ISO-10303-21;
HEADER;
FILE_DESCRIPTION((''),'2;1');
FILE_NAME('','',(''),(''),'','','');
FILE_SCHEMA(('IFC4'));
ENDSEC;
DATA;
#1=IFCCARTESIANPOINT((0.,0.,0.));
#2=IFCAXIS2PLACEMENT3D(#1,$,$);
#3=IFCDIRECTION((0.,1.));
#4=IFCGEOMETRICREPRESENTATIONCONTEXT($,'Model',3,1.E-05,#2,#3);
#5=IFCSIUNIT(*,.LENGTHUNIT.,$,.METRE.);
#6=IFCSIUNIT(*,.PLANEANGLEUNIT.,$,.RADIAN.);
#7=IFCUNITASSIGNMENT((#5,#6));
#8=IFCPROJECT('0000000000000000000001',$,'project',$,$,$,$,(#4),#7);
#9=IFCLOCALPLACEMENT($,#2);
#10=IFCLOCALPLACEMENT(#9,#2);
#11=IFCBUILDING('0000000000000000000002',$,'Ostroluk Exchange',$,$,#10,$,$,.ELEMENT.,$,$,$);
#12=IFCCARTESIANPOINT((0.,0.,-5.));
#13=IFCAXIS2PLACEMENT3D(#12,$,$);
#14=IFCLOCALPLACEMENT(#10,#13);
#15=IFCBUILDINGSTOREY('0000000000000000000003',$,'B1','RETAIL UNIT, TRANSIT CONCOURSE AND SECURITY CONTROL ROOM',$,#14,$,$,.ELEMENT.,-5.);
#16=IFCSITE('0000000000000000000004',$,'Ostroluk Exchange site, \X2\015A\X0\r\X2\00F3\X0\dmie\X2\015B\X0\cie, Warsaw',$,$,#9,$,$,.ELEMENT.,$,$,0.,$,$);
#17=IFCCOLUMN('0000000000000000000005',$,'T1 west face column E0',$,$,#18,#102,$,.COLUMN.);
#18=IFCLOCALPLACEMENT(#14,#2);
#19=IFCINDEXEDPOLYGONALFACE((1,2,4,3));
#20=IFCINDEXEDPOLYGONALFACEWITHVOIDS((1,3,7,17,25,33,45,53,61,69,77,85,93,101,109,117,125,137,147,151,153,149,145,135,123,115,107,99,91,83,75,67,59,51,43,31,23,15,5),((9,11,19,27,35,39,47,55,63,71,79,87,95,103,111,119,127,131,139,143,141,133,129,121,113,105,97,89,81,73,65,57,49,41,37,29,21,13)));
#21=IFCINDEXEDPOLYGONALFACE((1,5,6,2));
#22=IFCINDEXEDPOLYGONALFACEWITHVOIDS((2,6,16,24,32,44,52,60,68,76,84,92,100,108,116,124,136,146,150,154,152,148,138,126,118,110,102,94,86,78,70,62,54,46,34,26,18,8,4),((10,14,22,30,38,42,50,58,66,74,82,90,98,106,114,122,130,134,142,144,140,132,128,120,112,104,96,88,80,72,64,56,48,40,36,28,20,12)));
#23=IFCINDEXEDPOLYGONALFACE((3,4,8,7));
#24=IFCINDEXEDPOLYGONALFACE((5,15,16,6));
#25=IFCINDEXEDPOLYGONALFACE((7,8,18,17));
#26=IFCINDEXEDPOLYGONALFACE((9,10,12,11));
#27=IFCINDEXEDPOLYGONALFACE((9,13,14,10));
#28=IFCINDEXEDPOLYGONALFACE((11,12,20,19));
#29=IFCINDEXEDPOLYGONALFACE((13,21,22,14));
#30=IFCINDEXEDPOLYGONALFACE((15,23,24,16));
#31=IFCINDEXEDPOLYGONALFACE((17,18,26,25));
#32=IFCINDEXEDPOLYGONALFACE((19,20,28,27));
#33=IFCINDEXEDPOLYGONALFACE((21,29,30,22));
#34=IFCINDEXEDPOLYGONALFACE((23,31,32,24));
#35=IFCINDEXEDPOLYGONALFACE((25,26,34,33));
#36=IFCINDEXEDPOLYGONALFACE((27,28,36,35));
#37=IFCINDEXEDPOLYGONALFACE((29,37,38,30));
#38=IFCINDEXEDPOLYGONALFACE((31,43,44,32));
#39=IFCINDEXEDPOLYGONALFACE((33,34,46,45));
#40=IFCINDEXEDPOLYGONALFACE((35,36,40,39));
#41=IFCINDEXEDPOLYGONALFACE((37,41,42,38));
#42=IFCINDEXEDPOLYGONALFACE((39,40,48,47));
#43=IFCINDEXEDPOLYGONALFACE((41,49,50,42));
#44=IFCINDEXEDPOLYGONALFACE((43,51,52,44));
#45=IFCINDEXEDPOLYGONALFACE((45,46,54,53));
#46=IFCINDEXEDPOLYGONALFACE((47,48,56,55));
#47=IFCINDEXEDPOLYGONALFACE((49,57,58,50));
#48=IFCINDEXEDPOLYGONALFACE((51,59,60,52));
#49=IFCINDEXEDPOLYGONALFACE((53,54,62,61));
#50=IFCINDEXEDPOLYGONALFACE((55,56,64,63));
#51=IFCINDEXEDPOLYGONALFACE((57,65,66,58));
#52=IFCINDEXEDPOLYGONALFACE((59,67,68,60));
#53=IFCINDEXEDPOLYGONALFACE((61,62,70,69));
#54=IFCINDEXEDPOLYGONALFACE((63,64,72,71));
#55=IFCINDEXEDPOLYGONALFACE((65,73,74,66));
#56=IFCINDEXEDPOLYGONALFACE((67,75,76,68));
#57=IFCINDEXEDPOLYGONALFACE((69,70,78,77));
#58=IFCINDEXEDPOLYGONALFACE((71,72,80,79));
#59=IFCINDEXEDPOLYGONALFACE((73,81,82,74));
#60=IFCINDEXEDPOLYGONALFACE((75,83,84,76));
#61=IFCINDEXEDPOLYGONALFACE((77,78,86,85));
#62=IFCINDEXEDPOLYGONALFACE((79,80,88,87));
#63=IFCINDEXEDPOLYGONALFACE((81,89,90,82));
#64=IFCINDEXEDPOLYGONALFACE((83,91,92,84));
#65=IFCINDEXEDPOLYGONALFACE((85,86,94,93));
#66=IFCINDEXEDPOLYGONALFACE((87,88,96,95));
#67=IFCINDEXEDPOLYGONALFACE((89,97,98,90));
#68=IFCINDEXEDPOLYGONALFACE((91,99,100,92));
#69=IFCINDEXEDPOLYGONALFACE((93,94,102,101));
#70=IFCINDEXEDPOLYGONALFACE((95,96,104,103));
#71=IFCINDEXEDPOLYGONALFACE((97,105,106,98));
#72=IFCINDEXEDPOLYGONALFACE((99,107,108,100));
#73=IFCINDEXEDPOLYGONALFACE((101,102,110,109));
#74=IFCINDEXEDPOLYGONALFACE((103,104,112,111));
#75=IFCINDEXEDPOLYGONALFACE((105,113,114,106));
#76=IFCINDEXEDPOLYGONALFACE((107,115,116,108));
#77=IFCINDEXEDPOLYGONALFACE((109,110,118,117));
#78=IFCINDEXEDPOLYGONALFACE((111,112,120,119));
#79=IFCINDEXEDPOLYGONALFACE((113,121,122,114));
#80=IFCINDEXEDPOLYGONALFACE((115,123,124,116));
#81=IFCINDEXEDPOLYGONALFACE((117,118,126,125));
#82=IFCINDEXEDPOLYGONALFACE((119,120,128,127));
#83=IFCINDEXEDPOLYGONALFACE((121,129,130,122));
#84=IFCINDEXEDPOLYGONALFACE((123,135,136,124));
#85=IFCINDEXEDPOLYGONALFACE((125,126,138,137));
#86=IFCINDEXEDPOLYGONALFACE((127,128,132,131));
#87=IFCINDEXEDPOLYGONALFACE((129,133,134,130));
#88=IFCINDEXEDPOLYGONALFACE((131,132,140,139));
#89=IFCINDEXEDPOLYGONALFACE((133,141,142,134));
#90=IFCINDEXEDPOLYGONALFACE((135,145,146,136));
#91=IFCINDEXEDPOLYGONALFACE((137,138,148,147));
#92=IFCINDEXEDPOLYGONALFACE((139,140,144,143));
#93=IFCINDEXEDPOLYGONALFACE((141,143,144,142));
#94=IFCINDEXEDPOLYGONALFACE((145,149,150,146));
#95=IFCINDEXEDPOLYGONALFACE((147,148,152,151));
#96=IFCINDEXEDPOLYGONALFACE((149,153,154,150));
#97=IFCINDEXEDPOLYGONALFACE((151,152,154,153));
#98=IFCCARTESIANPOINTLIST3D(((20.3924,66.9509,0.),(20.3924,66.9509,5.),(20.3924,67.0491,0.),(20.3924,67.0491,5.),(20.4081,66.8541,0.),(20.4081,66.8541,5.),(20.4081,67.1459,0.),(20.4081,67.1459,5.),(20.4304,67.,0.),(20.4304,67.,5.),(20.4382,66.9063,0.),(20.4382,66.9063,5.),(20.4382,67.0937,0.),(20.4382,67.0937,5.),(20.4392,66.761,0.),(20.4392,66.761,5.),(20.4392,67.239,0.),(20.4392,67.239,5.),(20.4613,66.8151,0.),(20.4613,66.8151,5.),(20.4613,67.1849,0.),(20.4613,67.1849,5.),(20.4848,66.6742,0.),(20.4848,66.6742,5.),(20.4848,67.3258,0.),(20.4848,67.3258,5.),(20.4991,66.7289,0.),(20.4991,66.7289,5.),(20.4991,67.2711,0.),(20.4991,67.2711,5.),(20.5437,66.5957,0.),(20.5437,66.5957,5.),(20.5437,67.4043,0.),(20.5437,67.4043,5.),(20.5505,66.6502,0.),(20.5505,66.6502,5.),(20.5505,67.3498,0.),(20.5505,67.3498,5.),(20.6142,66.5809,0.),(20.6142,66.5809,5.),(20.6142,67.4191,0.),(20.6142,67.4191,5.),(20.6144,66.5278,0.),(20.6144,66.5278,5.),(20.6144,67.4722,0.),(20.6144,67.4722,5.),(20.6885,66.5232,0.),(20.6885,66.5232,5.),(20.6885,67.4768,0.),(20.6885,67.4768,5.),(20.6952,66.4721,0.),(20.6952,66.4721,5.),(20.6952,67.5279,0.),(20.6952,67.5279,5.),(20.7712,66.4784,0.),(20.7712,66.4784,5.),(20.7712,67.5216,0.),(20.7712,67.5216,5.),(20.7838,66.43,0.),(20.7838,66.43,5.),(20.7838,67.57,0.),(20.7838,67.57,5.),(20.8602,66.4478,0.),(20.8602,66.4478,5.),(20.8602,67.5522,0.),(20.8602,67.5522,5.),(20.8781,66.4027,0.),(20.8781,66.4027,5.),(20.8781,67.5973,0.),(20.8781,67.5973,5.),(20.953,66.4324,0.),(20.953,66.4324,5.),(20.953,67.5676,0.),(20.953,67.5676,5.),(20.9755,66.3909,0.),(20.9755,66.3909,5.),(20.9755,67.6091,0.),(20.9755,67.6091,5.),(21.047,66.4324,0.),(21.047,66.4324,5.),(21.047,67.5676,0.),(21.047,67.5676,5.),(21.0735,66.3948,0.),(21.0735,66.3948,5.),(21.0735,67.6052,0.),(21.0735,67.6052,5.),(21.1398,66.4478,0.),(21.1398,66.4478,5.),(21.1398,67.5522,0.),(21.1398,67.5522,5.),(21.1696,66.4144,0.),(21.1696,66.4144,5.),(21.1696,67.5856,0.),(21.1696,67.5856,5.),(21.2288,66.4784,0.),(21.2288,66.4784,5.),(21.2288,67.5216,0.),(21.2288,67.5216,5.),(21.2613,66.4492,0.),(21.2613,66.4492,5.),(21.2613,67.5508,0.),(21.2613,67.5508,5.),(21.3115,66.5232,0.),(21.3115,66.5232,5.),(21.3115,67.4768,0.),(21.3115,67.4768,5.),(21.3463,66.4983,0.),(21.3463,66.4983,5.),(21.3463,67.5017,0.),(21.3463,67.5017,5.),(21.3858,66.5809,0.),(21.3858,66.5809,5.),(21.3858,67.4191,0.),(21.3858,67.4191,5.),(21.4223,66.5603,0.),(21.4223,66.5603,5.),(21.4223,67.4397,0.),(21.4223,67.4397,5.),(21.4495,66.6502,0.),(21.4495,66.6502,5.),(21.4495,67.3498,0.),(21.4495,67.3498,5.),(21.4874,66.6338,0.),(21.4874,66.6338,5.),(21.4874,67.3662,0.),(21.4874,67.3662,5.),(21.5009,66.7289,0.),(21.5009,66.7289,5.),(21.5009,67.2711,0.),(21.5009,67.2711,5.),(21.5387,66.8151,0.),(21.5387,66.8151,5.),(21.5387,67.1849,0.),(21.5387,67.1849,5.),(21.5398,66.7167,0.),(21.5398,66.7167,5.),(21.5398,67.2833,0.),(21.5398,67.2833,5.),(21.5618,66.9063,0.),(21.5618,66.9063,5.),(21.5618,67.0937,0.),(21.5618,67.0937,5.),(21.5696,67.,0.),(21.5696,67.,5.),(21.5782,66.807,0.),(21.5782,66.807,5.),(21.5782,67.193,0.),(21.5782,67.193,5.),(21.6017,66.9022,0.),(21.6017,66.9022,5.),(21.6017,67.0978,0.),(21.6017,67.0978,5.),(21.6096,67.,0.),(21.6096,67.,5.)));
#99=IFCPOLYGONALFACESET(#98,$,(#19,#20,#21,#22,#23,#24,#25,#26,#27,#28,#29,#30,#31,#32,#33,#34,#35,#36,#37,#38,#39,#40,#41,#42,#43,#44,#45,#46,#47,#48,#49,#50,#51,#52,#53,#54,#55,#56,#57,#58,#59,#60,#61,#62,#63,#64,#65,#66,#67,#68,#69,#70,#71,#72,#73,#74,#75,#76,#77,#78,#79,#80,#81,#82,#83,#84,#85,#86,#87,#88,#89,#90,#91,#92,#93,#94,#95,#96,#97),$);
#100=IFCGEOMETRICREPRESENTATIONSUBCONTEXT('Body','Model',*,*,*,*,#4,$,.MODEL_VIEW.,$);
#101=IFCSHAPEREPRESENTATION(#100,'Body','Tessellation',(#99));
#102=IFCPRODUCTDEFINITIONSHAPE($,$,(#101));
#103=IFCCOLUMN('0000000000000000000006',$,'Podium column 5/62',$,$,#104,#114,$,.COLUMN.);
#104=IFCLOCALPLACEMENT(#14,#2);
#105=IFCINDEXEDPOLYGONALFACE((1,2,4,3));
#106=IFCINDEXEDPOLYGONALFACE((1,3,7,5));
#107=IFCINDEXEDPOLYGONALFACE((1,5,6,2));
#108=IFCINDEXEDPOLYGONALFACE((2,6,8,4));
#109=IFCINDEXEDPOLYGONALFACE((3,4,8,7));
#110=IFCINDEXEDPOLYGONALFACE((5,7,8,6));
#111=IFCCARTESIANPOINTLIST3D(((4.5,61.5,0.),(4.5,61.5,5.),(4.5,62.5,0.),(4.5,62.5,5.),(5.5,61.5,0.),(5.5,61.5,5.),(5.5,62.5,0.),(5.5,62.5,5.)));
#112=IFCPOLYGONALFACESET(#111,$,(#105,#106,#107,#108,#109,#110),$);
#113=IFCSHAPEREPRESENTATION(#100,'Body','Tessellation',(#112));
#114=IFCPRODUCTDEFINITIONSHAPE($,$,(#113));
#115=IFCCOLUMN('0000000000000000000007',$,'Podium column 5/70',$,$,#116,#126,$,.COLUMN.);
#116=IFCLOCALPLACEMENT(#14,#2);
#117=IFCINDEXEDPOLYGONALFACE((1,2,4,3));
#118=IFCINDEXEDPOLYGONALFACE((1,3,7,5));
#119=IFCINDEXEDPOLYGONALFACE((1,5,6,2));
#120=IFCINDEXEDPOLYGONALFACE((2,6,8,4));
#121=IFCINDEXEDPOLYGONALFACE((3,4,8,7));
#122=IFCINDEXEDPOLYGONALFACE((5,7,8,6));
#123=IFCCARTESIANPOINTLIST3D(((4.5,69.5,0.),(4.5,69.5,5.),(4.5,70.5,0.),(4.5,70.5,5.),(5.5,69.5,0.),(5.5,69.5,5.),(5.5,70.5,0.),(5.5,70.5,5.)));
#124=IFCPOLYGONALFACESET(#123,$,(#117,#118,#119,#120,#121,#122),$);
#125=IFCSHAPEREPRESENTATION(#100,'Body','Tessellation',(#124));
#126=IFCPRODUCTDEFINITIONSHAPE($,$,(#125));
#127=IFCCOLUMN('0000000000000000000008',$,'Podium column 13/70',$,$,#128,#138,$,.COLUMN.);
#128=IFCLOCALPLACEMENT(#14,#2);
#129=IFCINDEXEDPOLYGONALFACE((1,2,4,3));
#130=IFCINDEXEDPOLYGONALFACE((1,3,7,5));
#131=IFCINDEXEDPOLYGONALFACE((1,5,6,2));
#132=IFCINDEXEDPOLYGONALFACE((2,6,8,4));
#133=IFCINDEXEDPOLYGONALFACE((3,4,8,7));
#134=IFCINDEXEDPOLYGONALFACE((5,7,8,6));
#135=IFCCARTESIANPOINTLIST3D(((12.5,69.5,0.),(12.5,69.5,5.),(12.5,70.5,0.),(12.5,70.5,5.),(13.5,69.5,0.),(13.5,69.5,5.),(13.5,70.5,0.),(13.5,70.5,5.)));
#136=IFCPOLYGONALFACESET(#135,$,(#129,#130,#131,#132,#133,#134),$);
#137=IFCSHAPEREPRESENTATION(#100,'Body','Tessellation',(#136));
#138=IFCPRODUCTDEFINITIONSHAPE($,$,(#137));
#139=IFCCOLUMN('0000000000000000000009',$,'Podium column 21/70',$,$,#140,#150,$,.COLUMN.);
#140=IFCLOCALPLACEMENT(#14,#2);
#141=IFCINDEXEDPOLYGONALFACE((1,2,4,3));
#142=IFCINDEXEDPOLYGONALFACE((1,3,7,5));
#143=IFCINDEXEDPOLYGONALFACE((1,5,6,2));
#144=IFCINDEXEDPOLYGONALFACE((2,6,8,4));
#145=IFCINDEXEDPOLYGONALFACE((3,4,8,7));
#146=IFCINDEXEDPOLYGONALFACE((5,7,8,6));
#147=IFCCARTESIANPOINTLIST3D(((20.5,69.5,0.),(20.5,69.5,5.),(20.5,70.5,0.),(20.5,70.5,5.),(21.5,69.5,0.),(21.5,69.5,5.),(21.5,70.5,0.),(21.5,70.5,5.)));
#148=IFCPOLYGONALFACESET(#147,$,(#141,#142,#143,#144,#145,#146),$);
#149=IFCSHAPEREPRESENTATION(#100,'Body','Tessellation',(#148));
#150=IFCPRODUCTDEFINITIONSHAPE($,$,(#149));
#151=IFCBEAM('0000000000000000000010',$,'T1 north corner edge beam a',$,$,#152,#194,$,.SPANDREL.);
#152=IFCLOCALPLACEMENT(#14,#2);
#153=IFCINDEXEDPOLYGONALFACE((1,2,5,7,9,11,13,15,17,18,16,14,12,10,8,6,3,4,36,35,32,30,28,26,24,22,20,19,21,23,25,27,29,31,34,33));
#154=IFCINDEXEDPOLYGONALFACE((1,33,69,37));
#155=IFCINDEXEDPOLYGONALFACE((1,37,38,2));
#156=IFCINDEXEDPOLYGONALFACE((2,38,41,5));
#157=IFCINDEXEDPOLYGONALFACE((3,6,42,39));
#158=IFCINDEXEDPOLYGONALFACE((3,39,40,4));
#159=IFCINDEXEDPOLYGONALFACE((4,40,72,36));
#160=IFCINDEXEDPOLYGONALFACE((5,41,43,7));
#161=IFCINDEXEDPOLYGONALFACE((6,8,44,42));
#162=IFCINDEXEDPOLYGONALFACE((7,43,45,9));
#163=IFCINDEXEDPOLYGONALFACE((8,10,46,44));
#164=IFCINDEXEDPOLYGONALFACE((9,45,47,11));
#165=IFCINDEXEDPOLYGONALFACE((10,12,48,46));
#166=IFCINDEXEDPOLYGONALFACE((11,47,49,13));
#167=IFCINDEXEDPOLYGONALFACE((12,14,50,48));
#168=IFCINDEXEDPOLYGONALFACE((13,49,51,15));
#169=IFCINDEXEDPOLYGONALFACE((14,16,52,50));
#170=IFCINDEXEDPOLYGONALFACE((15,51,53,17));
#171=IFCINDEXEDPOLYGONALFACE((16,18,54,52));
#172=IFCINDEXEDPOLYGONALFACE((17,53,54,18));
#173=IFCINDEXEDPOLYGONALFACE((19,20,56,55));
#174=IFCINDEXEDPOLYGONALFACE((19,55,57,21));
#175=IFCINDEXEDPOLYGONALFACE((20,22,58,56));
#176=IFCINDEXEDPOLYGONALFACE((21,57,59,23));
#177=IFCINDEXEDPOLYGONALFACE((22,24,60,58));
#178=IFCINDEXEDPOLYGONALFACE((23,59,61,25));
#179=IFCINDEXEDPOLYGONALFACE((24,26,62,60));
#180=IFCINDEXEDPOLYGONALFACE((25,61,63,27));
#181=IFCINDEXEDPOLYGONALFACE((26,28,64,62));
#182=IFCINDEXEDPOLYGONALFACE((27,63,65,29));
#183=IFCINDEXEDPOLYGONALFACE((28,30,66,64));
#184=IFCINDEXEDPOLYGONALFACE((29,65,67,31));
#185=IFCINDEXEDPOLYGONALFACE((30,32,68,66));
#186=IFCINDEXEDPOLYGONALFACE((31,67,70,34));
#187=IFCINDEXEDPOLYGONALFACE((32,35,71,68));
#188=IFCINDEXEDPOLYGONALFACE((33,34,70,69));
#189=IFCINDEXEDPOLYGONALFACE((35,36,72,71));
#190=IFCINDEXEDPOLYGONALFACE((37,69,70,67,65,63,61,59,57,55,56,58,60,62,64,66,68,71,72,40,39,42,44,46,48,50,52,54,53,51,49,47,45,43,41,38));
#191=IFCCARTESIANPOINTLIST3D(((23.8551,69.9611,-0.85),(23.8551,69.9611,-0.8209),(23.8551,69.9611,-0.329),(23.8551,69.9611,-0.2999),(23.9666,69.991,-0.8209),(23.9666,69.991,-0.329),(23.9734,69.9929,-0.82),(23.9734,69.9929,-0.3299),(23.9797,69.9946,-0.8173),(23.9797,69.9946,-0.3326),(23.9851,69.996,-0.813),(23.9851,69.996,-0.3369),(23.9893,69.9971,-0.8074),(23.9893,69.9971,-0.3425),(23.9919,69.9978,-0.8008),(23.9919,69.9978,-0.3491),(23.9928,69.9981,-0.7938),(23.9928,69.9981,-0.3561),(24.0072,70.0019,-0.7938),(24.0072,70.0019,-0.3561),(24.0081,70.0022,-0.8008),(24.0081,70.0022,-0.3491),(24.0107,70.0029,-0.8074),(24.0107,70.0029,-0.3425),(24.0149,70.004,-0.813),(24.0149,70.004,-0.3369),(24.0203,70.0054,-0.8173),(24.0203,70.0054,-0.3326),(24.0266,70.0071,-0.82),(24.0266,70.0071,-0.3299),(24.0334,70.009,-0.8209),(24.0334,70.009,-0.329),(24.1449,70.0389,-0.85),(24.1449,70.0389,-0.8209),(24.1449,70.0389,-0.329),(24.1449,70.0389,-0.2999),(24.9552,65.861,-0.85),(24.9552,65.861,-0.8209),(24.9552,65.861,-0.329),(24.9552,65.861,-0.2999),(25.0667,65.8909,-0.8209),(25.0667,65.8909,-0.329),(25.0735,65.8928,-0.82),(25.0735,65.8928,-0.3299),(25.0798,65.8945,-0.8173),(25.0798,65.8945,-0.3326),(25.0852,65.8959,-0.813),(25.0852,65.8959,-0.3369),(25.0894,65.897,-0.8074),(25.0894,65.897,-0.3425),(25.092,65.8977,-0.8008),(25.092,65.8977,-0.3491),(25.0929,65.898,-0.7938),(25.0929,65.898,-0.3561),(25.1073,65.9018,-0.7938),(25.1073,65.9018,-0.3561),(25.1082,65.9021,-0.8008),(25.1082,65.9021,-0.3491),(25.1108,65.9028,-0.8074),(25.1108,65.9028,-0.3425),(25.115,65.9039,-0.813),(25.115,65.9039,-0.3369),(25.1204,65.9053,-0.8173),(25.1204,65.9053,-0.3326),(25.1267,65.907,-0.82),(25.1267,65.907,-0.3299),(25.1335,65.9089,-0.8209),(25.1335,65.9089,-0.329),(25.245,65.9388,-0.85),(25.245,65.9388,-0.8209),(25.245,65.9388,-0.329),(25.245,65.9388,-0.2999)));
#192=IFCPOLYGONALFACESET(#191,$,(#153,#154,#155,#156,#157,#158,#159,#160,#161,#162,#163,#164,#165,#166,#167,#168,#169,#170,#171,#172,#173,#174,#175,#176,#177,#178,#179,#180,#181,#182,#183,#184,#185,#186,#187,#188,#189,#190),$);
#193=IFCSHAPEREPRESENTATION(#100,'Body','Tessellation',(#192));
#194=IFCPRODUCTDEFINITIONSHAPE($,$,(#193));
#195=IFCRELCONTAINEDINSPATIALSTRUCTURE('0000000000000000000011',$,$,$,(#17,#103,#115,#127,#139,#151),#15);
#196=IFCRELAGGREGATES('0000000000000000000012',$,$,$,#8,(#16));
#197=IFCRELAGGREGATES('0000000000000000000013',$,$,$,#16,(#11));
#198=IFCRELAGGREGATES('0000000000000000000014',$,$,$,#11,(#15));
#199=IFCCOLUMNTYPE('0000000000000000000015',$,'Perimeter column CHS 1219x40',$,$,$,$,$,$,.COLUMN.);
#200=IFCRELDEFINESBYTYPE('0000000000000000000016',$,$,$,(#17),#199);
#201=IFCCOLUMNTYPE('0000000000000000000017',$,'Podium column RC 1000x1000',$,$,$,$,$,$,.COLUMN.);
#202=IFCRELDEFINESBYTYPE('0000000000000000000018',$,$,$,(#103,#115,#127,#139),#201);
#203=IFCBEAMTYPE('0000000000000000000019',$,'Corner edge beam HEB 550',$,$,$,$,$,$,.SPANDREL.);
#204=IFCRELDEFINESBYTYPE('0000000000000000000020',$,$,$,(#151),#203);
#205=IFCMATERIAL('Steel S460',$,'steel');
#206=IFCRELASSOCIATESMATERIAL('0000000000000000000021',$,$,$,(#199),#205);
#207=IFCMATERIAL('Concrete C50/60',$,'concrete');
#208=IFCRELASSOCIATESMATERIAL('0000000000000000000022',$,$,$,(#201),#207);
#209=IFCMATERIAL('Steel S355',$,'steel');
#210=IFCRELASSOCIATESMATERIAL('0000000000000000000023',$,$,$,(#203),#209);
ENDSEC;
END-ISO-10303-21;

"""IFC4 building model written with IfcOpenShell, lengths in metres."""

from ifc_helpers import new_model, si_unit, direction, frame, origin, origin_2d, place, context, subcontext, project, spatial, rectangle, hollow_circle, i_section, extrude, material, material_profile, profile_set, type_object, element, save


model = new_model("IFC4")

# Units and contexts
model_context = context("Model", 3, precision=1e-05, world=origin(), true_north=direction((0.0, 1.0)))
body_context = subcontext(model_context, "Body", "Model", "MODEL_VIEW")
ifc_project = project(units=[si_unit("LENGTHUNIT", "METRE"), si_unit("PLANEANGLEUNIT", "RADIAN")], contexts=[model_context])

# Site, building, storey
site_placement = place(None, origin())
site = spatial("IfcSite", under=ifc_project, at=site_placement, Name="Ostroluk Exchange site, Śródmieście, Warsaw", CompositionType="ELEMENT", RefElevation=0.0)
building_placement = place(site_placement, origin())
building = spatial("IfcBuilding", under=site, at=building_placement, Name="Ostroluk Exchange", CompositionType="ELEMENT")
storey_placement = place(building_placement, frame((0.0, 0.0, -5.0)))
storey = spatial("IfcBuildingStorey", under=building, at=storey_placement, Name="B1", Description="RETAIL UNIT, TRANSIT CONCOURSE AND SECURITY CONTROL ROOM", CompositionType="ELEMENT", Elevation=-5.0)

# Columns
ifc_material_1 = material(Name="Steel S460", Category="steel")
ifc_material_profile_1 = material_profile(ifc_material_1, hollow_circle(Radius=0.6096, WallThickness=0.04, at=origin_2d()), Name="CHS 1219x40")
ifc_profile_set_1 = profile_set([ifc_material_profile_1], Name="Steel S460")
column_type_1 = type_object("IfcColumnType", Name="Perimeter column CHS 1219x40", PredefinedType="COLUMN", material=ifc_profile_set_1)
for number, where, z_axis, x_axis, name in (
    (1, (21.0, 67.0, 0.0), (0.0, 0.0, 1.0), (1.0, 0.0, 0.0), "T1 west face column E0"),
):
    element("IfcColumn", number, at=place(storey_placement, frame(where, z_axis=z_axis, x_axis=x_axis)), inside=storey, type_object=column_type_1, Name=name, PredefinedType="COLUMN", context=body_context, shape_type="SweptSolid", body=[
        extrude(hollow_circle(Radius=0.6096, WallThickness=0.04, at=origin_2d()), origin(), (0.0, 0.0, 1.0), 5.0),
    ])
ifc_material_2 = material(Name="Concrete C50/60", Category="concrete")
ifc_material_profile_2 = material_profile(ifc_material_2, rectangle(XDim=1.0, YDim=1.0, at=origin_2d()), Name="RC 1000x1000")
ifc_profile_set_2 = profile_set([ifc_material_profile_2], Name="Concrete C50/60")
column_type_2 = type_object("IfcColumnType", Name="Podium column RC 1000x1000", PredefinedType="COLUMN", material=ifc_profile_set_2)
for number, where, z_axis, x_axis, name in (
    (2, (5.0, 62.0, 0.0), (0.0, 0.0, 1.0), (1.0, 0.0, 0.0), "Podium column 5/62"),
    (3, (5.0, 70.0, 0.0), (0.0, 0.0, 1.0), (1.0, 0.0, 0.0), "Podium column 5/70"),
    (4, (13.0, 70.0, 0.0), (0.0, 0.0, 1.0), (1.0, 0.0, 0.0), "Podium column 13/70"),
    (5, (21.0, 70.0, 0.0), (0.0, 0.0, 1.0), (1.0, 0.0, 0.0), "Podium column 21/70"),
):
    element("IfcColumn", number, at=place(storey_placement, frame(where, z_axis=z_axis, x_axis=x_axis)), inside=storey, type_object=column_type_2, Name=name, PredefinedType="COLUMN", context=body_context, shape_type="SweptSolid", body=[
        extrude(rectangle(XDim=1.0, YDim=1.0, at=origin_2d()), origin(), (0.0, 0.0, 1.0), 5.0),
    ])

# Beam
ifc_material_3 = material(Name="Steel S355", Category="steel")
ifc_material_profile_3 = material_profile(ifc_material_3, i_section(OverallWidth=0.3, OverallDepth=0.55, WebThickness=0.0149, FlangeThickness=0.0291, FilletRadius=0.0271, at=origin_2d()), Name="HEB 550")
ifc_profile_set_3 = profile_set([ifc_material_profile_3], Name="Steel S355")
beam_type_1 = type_object("IfcBeamType", Name="Corner edge beam HEB 550", PredefinedType="SPANDREL", material=ifc_profile_set_3)
for number, where, z_axis, x_axis, name in (
    (6, (25.1001, 65.8999, -0.575), (-0.259144, 0.965839, 0.0), (-0.965839, -0.259144, 0.0), "T1 north corner edge beam a"),
):
    element("IfcBeam", number, at=place(storey_placement, frame(where, z_axis=z_axis, x_axis=x_axis)), inside=storey, type_object=beam_type_1, Name=name, PredefinedType="SPANDREL", context=body_context, shape_type="SweptSolid", body=[
        extrude(i_section(OverallWidth=0.3, OverallDepth=0.55, WebThickness=0.0149, FlangeThickness=0.0291, FilletRadius=0.0271, at=origin_2d()), origin(), (0.0, 0.0, 1.0), 4.2451),
    ])

save(model, "model.ifc")
